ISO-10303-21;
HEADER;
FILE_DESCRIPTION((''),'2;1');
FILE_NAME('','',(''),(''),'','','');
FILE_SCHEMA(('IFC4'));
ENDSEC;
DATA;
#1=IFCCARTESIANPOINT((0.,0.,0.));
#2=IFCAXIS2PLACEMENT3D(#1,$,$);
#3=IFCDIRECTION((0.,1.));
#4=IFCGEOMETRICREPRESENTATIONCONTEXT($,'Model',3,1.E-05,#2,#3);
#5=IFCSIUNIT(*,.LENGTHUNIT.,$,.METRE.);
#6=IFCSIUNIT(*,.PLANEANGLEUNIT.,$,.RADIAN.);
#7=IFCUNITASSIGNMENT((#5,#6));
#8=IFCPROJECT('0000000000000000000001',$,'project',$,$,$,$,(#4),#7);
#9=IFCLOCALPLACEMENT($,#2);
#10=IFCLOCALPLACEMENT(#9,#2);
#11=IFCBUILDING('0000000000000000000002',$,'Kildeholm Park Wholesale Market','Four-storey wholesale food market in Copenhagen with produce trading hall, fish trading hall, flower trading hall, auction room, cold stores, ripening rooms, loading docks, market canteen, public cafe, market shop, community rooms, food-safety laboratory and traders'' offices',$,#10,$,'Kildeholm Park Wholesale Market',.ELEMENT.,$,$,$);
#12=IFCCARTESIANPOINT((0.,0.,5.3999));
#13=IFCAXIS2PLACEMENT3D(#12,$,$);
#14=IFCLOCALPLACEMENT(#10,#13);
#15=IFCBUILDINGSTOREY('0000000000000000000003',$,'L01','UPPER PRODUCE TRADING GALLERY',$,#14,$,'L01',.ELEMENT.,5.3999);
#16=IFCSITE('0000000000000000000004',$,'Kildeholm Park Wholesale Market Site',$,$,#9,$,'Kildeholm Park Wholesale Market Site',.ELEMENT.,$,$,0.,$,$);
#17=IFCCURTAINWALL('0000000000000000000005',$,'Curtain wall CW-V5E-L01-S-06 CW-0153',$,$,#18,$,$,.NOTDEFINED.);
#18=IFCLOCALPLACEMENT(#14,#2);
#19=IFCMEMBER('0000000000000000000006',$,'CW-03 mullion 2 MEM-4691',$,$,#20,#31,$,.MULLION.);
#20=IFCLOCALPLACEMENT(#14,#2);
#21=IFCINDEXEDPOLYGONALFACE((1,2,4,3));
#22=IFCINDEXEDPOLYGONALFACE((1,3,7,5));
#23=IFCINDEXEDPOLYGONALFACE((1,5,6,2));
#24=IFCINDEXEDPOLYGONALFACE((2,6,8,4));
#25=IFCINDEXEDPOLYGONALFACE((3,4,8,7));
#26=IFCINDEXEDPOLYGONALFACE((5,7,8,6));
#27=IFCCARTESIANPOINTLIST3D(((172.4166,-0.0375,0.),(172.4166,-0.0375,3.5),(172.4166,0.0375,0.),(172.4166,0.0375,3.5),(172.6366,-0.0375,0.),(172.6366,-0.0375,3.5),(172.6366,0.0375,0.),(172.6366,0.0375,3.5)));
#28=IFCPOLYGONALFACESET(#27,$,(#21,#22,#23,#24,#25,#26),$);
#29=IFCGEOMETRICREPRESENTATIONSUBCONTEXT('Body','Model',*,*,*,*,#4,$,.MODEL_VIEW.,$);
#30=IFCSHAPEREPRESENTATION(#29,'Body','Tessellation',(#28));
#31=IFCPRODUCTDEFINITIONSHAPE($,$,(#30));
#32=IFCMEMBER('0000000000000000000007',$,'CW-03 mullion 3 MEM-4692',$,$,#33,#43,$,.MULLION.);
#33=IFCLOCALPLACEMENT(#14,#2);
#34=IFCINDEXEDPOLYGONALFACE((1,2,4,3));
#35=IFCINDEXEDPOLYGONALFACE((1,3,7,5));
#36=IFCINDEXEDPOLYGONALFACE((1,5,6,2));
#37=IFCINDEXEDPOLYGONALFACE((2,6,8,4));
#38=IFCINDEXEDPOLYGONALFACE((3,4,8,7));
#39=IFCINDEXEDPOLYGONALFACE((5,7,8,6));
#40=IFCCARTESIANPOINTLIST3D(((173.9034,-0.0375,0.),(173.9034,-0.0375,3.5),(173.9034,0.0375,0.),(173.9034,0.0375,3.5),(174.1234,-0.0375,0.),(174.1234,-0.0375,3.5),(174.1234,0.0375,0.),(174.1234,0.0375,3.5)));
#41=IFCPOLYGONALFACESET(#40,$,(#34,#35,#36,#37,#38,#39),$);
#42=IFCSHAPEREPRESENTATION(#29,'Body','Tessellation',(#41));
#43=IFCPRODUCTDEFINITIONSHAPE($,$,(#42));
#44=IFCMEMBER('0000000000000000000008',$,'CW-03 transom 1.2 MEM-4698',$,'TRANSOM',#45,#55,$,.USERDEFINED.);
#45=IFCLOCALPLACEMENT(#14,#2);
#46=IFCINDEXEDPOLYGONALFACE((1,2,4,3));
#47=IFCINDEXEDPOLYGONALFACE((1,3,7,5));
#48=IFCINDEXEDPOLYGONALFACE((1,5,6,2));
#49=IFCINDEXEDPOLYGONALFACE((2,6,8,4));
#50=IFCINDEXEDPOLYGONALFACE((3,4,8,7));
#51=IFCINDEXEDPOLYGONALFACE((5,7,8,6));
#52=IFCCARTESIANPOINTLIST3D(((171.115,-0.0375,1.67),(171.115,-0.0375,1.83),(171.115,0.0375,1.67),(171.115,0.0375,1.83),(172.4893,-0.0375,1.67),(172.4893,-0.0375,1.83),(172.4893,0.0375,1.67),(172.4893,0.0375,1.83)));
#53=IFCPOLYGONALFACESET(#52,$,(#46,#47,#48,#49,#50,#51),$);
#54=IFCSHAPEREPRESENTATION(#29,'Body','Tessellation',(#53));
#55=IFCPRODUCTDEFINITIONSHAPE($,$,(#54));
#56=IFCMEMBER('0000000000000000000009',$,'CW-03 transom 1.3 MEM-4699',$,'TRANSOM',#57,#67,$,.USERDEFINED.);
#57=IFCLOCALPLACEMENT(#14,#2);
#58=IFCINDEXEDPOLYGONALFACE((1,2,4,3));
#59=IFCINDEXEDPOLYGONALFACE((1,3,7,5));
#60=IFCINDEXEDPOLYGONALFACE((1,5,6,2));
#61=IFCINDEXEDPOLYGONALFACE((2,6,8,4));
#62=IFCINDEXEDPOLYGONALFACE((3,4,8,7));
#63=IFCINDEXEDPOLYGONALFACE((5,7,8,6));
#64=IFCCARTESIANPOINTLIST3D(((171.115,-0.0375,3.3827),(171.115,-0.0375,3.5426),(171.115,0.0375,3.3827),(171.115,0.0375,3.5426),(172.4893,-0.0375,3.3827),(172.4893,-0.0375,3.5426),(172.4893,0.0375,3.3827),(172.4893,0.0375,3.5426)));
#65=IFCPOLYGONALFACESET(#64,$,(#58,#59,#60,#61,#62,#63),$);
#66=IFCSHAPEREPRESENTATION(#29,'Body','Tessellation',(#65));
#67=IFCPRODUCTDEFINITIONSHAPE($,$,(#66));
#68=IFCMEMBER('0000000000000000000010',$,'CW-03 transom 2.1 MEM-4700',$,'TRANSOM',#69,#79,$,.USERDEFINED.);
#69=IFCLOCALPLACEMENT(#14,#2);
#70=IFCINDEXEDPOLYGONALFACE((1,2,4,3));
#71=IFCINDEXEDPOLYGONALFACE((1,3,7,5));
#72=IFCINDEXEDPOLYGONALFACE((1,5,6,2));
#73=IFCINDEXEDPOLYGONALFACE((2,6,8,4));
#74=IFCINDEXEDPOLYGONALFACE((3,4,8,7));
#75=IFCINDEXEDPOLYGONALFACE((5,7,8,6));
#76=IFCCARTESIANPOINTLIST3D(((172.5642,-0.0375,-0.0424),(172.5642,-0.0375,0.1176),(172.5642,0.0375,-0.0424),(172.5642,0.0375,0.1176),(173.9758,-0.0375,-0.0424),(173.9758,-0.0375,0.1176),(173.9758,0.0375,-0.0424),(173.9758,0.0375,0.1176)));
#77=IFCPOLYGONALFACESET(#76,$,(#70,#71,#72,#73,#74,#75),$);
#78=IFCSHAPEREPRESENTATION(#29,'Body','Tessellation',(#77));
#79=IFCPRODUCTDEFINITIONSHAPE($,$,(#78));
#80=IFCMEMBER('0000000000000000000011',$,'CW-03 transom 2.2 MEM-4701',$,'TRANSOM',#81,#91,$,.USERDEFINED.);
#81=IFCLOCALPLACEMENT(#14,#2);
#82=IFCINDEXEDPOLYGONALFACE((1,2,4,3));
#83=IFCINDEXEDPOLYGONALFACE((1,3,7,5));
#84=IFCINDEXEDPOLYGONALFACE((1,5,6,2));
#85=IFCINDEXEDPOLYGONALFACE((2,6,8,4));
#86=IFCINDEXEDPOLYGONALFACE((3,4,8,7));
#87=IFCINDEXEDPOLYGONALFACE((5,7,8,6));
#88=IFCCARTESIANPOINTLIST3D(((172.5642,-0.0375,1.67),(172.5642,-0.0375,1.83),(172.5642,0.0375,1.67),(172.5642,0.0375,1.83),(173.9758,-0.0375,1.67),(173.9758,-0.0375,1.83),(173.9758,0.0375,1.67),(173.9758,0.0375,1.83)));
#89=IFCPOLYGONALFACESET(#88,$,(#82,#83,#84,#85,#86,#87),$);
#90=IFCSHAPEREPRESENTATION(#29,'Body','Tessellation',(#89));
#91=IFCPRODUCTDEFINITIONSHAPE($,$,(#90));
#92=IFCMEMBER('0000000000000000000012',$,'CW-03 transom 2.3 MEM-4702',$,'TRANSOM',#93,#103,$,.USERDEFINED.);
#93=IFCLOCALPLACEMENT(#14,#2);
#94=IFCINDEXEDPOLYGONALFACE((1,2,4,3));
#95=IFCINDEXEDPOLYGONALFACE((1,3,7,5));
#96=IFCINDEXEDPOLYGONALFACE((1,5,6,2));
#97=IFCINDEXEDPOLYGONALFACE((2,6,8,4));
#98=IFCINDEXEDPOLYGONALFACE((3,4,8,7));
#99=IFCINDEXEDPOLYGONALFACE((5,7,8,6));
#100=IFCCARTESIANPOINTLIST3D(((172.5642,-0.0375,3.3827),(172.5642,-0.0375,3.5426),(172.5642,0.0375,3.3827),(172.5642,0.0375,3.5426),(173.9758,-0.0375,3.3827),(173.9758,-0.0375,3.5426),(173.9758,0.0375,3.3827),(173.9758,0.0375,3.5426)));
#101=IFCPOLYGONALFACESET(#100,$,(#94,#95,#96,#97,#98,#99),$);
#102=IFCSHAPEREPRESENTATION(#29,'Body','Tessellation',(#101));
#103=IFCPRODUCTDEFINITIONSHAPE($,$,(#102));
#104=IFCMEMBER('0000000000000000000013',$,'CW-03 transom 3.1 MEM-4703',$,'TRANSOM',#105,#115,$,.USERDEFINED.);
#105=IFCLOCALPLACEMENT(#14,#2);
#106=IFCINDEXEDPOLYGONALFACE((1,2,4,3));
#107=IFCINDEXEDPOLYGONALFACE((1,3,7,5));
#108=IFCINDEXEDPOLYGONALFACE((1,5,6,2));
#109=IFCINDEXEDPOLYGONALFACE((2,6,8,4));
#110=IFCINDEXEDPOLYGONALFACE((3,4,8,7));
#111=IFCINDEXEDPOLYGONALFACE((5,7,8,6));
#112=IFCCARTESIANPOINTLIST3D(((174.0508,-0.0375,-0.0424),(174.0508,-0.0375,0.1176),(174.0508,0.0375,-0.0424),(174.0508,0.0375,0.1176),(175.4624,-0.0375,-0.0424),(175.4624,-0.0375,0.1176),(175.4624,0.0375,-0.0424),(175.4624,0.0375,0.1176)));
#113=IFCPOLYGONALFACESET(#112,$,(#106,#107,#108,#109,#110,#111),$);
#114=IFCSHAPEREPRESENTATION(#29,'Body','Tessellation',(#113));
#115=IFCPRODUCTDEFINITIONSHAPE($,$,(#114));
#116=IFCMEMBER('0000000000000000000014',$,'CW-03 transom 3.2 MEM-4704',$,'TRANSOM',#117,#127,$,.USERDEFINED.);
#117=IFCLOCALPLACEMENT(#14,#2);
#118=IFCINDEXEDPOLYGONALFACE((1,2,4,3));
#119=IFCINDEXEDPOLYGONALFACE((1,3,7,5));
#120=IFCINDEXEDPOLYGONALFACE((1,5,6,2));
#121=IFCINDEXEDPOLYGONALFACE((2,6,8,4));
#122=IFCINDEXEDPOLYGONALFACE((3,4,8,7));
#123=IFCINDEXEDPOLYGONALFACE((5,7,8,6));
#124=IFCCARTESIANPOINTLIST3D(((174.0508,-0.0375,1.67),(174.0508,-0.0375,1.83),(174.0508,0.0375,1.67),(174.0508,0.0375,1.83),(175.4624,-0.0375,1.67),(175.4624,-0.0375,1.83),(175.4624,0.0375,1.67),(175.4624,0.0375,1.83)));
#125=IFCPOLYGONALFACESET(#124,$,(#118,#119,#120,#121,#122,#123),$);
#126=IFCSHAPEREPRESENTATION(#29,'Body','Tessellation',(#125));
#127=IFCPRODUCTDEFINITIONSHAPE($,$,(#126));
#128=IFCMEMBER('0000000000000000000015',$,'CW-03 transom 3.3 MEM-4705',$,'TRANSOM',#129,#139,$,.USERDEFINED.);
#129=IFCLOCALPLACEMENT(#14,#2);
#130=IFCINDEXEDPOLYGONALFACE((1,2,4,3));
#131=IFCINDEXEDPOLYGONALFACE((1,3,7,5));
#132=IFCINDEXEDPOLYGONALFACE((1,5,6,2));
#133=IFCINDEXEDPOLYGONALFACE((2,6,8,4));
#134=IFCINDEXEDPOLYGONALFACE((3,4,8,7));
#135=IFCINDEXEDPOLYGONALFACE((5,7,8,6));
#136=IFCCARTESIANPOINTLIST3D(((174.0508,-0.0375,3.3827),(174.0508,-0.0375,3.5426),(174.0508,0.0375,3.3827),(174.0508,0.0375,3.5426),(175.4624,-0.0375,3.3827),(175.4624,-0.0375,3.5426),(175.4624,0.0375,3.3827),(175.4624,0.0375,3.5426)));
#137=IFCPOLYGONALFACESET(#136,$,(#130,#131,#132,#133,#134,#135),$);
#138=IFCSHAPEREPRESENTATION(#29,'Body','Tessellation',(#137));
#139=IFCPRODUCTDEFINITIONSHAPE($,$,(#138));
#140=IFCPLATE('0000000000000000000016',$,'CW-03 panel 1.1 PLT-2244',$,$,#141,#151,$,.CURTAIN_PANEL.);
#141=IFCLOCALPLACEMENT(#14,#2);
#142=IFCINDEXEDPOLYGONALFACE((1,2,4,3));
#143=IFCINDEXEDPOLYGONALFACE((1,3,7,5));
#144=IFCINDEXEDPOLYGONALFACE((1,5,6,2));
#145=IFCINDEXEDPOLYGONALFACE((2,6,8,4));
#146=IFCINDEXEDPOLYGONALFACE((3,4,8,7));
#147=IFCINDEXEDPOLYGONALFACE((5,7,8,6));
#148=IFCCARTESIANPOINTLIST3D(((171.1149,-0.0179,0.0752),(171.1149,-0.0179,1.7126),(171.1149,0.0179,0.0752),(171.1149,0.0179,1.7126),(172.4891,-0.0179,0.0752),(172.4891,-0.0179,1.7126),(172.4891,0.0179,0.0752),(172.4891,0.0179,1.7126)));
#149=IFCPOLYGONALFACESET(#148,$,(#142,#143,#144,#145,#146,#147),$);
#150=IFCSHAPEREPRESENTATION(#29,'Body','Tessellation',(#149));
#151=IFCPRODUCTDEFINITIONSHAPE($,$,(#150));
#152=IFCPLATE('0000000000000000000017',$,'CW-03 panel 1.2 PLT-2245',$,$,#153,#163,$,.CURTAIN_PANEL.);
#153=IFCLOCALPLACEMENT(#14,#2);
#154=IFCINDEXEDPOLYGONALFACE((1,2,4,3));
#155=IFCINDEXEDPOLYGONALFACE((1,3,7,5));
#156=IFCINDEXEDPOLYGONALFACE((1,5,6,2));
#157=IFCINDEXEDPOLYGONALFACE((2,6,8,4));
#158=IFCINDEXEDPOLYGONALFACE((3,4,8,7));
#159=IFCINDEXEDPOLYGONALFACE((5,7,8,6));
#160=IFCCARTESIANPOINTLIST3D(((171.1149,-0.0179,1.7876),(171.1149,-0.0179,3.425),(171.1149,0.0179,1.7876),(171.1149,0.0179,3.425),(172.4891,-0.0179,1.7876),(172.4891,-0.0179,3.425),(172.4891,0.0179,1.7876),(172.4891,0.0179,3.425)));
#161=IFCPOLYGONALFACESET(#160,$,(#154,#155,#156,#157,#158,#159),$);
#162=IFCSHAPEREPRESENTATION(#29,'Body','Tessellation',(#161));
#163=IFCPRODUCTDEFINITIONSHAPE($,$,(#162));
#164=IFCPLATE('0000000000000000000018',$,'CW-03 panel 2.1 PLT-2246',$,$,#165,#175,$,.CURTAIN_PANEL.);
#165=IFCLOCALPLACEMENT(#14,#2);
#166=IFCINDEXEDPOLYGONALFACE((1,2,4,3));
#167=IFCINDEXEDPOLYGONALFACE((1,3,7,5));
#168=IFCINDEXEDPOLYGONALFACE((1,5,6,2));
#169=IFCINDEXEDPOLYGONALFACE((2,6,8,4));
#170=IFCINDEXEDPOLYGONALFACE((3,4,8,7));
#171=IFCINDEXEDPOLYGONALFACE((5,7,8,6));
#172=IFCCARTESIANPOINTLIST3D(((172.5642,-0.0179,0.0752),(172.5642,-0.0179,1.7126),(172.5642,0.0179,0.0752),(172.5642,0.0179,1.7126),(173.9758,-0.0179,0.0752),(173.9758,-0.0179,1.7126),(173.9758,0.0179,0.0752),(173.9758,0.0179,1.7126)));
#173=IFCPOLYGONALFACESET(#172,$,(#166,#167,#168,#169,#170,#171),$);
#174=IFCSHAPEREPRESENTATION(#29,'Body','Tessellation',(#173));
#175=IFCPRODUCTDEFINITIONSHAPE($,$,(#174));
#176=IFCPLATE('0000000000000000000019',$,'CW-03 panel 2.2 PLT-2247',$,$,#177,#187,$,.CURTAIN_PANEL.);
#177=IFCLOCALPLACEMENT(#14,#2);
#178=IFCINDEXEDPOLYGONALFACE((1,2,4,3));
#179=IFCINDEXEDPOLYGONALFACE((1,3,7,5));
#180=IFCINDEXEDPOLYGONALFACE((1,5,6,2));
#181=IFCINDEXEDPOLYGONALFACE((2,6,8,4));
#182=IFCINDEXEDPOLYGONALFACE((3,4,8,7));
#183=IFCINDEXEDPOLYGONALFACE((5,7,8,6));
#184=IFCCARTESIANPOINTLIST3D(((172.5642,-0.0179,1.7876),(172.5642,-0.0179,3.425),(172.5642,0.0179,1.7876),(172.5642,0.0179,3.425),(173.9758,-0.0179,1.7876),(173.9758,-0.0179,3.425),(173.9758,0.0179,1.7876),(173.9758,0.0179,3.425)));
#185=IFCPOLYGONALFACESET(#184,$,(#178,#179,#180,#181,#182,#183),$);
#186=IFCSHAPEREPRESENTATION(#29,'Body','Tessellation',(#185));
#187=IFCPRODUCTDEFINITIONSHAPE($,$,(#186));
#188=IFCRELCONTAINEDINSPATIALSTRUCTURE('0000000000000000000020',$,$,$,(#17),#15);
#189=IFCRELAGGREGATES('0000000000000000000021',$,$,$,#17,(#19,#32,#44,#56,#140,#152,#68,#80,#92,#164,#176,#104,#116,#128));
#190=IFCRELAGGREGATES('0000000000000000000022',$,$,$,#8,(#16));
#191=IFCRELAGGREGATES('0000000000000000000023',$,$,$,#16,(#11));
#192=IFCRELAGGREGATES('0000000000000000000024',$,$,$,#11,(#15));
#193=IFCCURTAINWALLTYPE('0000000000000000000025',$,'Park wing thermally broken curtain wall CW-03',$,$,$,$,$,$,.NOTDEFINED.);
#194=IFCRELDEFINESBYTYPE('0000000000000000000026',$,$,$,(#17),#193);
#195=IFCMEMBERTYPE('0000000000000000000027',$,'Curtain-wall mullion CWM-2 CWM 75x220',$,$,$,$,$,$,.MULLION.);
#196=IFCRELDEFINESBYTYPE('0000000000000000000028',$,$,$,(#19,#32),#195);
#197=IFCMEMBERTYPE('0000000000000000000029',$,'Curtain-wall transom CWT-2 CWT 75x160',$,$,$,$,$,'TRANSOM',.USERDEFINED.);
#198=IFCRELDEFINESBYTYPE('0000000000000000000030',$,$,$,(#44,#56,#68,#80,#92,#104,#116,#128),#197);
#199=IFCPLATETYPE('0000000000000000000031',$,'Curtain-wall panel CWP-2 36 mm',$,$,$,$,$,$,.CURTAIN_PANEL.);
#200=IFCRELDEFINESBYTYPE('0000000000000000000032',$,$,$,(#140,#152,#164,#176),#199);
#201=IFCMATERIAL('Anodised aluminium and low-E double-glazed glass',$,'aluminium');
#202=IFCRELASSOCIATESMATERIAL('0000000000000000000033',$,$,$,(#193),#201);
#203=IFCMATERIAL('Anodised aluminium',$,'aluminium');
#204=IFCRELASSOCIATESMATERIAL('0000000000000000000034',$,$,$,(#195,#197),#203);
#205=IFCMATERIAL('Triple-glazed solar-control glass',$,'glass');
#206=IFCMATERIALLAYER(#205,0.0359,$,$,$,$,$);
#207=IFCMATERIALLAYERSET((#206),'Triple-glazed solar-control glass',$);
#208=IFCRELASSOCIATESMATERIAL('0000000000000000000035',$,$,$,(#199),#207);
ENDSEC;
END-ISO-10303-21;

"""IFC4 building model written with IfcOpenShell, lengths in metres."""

from ifc_helpers import new_model, si_unit, direction, frame, origin, origin_2d, place, context, subcontext, project, spatial, rectangle, extrude, material, layer, layer_set, material_profile, profile_set, type_object, element, aggregate, save


model = new_model("IFC4")

# Units and contexts
model_context = context("Model", 3, precision=1e-05, world=origin(), true_north=direction((0.0, 1.0)))
body_context = subcontext(model_context, "Body", "Model", "MODEL_VIEW")
ifc_project = project(units=[si_unit("LENGTHUNIT", "METRE"), si_unit("PLANEANGLEUNIT", "RADIAN")], contexts=[model_context])

# Site, building, storey
site_placement = place(None, origin())
site = spatial("IfcSite", under=ifc_project, at=site_placement, Name="Kildeholm Park Wholesale Market Site", LongName="Kildeholm Park Wholesale Market Site", CompositionType="ELEMENT", RefElevation=0.0)
building_placement = place(site_placement, origin())
building = spatial("IfcBuilding", under=site, at=building_placement, Name="Kildeholm Park Wholesale Market", Description="Four-storey wholesale food market in Copenhagen with produce trading hall, fish trading hall, flower trading hall, auction room, cold stores, ripening rooms, loading docks, market canteen, public cafe, market shop, community rooms, food-safety laboratory and traders' offices", LongName="Kildeholm Park Wholesale Market", CompositionType="ELEMENT")
storey_placement = place(building_placement, frame((0.0, 0.0, 5.3999)))
storey = spatial("IfcBuildingStorey", under=building, at=storey_placement, Name="L01", Description="UPPER PRODUCE TRADING GALLERY", LongName="L01", CompositionType="ELEMENT", Elevation=5.3999)

# Curtain wall, members, plates
ifc_material_1 = material(Name="Anodised aluminium and low-E double-glazed glass", Category="aluminium")
curtain_wall_type = type_object("IfcCurtainWallType", Name="Park wing thermally broken curtain wall CW-03", PredefinedType="NOTDEFINED", material=ifc_material_1)
curtain_wall_placement = place(storey_placement, origin())
curtain_wall = element("IfcCurtainWall", 1, at=curtain_wall_placement, inside=storey, type_object=curtain_wall_type, Name="Curtain wall CW-V5E-L01-S-06 CW-0153", PredefinedType="NOTDEFINED")
ifc_material_2 = material(Name="Anodised aluminium", Category="aluminium")
ifc_material_profile_1 = material_profile(ifc_material_2, rectangle(XDim=0.075, YDim=0.22, at=origin_2d()), Name="CWM 75x220")
ifc_profile_set_1 = profile_set([ifc_material_profile_1], Name="Anodised aluminium")
member_type_1 = type_object("IfcMemberType", Name="Curtain-wall mullion CWM-2 CWM 75x220", PredefinedType="MULLION", material=ifc_profile_set_1)
member_1_placement = place(storey_placement, frame((172.5266, 0.0, 0.0), z_axis=(0.0, 0.0, 1.0), x_axis=(0.0, 1.0, 0.0)))
member_1 = element("IfcMember", 2, at=member_1_placement, type_object=member_type_1, Name="CW-03 mullion 2 MEM-4691", PredefinedType="MULLION", context=body_context, shape_type="SweptSolid", body=[
    extrude(rectangle(XDim=0.075, YDim=0.22, at=origin_2d()), origin(), (0.0, 0.0, 1.0), 3.5),
])
member_2_placement = place(storey_placement, frame((174.0134, 0.0, 0.0), z_axis=(0.0, 0.0, 1.0), x_axis=(0.0, 1.0, 0.0)))
member_2 = element("IfcMember", 3, at=member_2_placement, type_object=member_type_1, Name="CW-03 mullion 3 MEM-4692", PredefinedType="MULLION", context=body_context, shape_type="SweptSolid", body=[
    extrude(rectangle(XDim=0.075, YDim=0.22, at=origin_2d()), origin(), (0.0, 0.0, 1.0), 3.5),
])
ifc_material_profile_2 = material_profile(ifc_material_2, rectangle(XDim=0.075, YDim=0.1599, at=origin_2d()), Name="CWT 75x160")
ifc_profile_set_2 = profile_set([ifc_material_profile_2], Name="Anodised aluminium")
member_type_2 = type_object("IfcMemberType", Name="Curtain-wall transom CWT-2 CWT 75x160", ElementType="TRANSOM", PredefinedType="USERDEFINED", material=ifc_profile_set_2)
member_3_placement = place(storey_placement, frame((171.115, 0.0, 1.75), z_axis=(1.0, 0.0, 0.0), x_axis=(0.0, 1.0, 0.0)))
member_3 = element("IfcMember", 4, at=member_3_placement, type_object=member_type_2, Name="CW-03 transom 1.2 MEM-4698", ObjectType="TRANSOM", PredefinedType="USERDEFINED", context=body_context, shape_type="SweptSolid", body=[
    extrude(rectangle(XDim=0.075, YDim=0.1599, at=origin_2d()), origin(), (0.0, 0.0, 1.0), 1.3743),
])
member_4_placement = place(storey_placement, frame((171.115, 0.0, 3.4626), z_axis=(1.0, 0.0, 0.0), x_axis=(0.0, 1.0, 0.0)))
member_4 = element("IfcMember", 5, at=member_4_placement, type_object=member_type_2, Name="CW-03 transom 1.3 MEM-4699", ObjectType="TRANSOM", PredefinedType="USERDEFINED", context=body_context, shape_type="SweptSolid", body=[
    extrude(rectangle(XDim=0.075, YDim=0.1599, at=origin_2d()), origin(), (0.0, 0.0, 1.0), 1.3743),
])
member_5_placement = place(storey_placement, frame((172.5642, 0.0, 0.0376), z_axis=(1.0, 0.0, 0.0), x_axis=(0.0, 1.0, 0.0)))
member_5 = element("IfcMember", 6, at=member_5_placement, type_object=member_type_2, Name="CW-03 transom 2.1 MEM-4700", ObjectType="TRANSOM", PredefinedType="USERDEFINED", context=body_context, shape_type="SweptSolid", body=[
    extrude(rectangle(XDim=0.075, YDim=0.1599, at=origin_2d()), origin(), (0.0, 0.0, 1.0), 1.4116),
])
member_6_placement = place(storey_placement, frame((172.5642, 0.0, 1.75), z_axis=(1.0, 0.0, 0.0), x_axis=(0.0, 1.0, 0.0)))
member_6 = element("IfcMember", 7, at=member_6_placement, type_object=member_type_2, Name="CW-03 transom 2.2 MEM-4701", ObjectType="TRANSOM", PredefinedType="USERDEFINED", context=body_context, shape_type="SweptSolid", body=[
    extrude(rectangle(XDim=0.075, YDim=0.1599, at=origin_2d()), origin(), (0.0, 0.0, 1.0), 1.4116),
])
member_7_placement = place(storey_placement, frame((172.5642, 0.0, 3.4626), z_axis=(1.0, 0.0, 0.0), x_axis=(0.0, 1.0, 0.0)))
member_7 = element("IfcMember", 8, at=member_7_placement, type_object=member_type_2, Name="CW-03 transom 2.3 MEM-4702", ObjectType="TRANSOM", PredefinedType="USERDEFINED", context=body_context, shape_type="SweptSolid", body=[
    extrude(rectangle(XDim=0.075, YDim=0.1599, at=origin_2d()), origin(), (0.0, 0.0, 1.0), 1.4116),
])
member_8_placement = place(storey_placement, frame((174.0508, 0.0, 0.0376), z_axis=(1.0, 0.0, 0.0), x_axis=(0.0, 1.0, 0.0)))
member_8 = element("IfcMember", 9, at=member_8_placement, type_object=member_type_2, Name="CW-03 transom 3.1 MEM-4703", ObjectType="TRANSOM", PredefinedType="USERDEFINED", context=body_context, shape_type="SweptSolid", body=[
    extrude(rectangle(XDim=0.075, YDim=0.1599, at=origin_2d()), origin(), (0.0, 0.0, 1.0), 1.4116),
])
member_9_placement = place(storey_placement, frame((174.0508, 0.0, 1.75), z_axis=(1.0, 0.0, 0.0), x_axis=(0.0, 1.0, 0.0)))
member_9 = element("IfcMember", 10, at=member_9_placement, type_object=member_type_2, Name="CW-03 transom 3.2 MEM-4704", ObjectType="TRANSOM", PredefinedType="USERDEFINED", context=body_context, shape_type="SweptSolid", body=[
    extrude(rectangle(XDim=0.075, YDim=0.1599, at=origin_2d()), origin(), (0.0, 0.0, 1.0), 1.4116),
])
member_10_placement = place(storey_placement, frame((174.0508, 0.0, 3.4626), z_axis=(1.0, 0.0, 0.0), x_axis=(0.0, 1.0, 0.0)))
member_10 = element("IfcMember", 11, at=member_10_placement, type_object=member_type_2, Name="CW-03 transom 3.3 MEM-4705", ObjectType="TRANSOM", PredefinedType="USERDEFINED", context=body_context, shape_type="SweptSolid", body=[
    extrude(rectangle(XDim=0.075, YDim=0.1599, at=origin_2d()), origin(), (0.0, 0.0, 1.0), 1.4116),
])
ifc_material_3 = material(Name="Triple-glazed solar-control glass", Category="glass")
ifc_layer_1 = layer(ifc_material_3, 0.0359)
ifc_layer_set_1 = layer_set([ifc_layer_1], Name="Triple-glazed solar-control glass")
plate_type = type_object("IfcPlateType", Name="Curtain-wall panel CWP-2 36 mm", PredefinedType="CURTAIN_PANEL", material=ifc_layer_set_1)
plate_1_placement = place(storey_placement, frame((171.802, 0.0, 0.0752), z_axis=(0.0, 0.0, 1.0), x_axis=(1.0, 0.0, 0.0)))
plate_1 = element("IfcPlate", 12, at=plate_1_placement, type_object=plate_type, Name="CW-03 panel 1.1 PLT-2244", PredefinedType="CURTAIN_PANEL", context=body_context, shape_type="SweptSolid", body=[
    extrude(rectangle(XDim=1.3743, YDim=0.0359, at=origin_2d()), origin(), (0.0, 0.0, 1.0), 1.6375),
])
plate_2_placement = place(storey_placement, frame((171.802, 0.0, 1.7876), z_axis=(0.0, 0.0, 1.0), x_axis=(1.0, 0.0, 0.0)))
plate_2 = element("IfcPlate", 13, at=plate_2_placement, type_object=plate_type, Name="CW-03 panel 1.2 PLT-2245", PredefinedType="CURTAIN_PANEL", context=body_context, shape_type="SweptSolid", body=[
    extrude(rectangle(XDim=1.3743, YDim=0.0359, at=origin_2d()), origin(), (0.0, 0.0, 1.0), 1.6375),
])
plate_3_placement = place(storey_placement, frame((173.27, 0.0, 0.0752), z_axis=(0.0, 0.0, 1.0), x_axis=(1.0, 0.0, 0.0)))
plate_3 = element("IfcPlate", 14, at=plate_3_placement, type_object=plate_type, Name="CW-03 panel 2.1 PLT-2246", PredefinedType="CURTAIN_PANEL", context=body_context, shape_type="SweptSolid", body=[
    extrude(rectangle(XDim=1.4116, YDim=0.0359, at=origin_2d()), origin(), (0.0, 0.0, 1.0), 1.6375),
])
plate_4_placement = place(storey_placement, frame((173.27, 0.0, 1.7876), z_axis=(0.0, 0.0, 1.0), x_axis=(1.0, 0.0, 0.0)))
plate_4 = element("IfcPlate", 15, at=plate_4_placement, type_object=plate_type, Name="CW-03 panel 2.2 PLT-2247", PredefinedType="CURTAIN_PANEL", context=body_context, shape_type="SweptSolid", body=[
    extrude(rectangle(XDim=1.4116, YDim=0.0359, at=origin_2d()), origin(), (0.0, 0.0, 1.0), 1.6375),
])
aggregate(curtain_wall, [member_1, member_2, member_3, member_4, plate_1, plate_2, member_5, member_6, member_7, plate_3, plate_4, member_8, member_9, member_10])

save(model, "model.ifc")
